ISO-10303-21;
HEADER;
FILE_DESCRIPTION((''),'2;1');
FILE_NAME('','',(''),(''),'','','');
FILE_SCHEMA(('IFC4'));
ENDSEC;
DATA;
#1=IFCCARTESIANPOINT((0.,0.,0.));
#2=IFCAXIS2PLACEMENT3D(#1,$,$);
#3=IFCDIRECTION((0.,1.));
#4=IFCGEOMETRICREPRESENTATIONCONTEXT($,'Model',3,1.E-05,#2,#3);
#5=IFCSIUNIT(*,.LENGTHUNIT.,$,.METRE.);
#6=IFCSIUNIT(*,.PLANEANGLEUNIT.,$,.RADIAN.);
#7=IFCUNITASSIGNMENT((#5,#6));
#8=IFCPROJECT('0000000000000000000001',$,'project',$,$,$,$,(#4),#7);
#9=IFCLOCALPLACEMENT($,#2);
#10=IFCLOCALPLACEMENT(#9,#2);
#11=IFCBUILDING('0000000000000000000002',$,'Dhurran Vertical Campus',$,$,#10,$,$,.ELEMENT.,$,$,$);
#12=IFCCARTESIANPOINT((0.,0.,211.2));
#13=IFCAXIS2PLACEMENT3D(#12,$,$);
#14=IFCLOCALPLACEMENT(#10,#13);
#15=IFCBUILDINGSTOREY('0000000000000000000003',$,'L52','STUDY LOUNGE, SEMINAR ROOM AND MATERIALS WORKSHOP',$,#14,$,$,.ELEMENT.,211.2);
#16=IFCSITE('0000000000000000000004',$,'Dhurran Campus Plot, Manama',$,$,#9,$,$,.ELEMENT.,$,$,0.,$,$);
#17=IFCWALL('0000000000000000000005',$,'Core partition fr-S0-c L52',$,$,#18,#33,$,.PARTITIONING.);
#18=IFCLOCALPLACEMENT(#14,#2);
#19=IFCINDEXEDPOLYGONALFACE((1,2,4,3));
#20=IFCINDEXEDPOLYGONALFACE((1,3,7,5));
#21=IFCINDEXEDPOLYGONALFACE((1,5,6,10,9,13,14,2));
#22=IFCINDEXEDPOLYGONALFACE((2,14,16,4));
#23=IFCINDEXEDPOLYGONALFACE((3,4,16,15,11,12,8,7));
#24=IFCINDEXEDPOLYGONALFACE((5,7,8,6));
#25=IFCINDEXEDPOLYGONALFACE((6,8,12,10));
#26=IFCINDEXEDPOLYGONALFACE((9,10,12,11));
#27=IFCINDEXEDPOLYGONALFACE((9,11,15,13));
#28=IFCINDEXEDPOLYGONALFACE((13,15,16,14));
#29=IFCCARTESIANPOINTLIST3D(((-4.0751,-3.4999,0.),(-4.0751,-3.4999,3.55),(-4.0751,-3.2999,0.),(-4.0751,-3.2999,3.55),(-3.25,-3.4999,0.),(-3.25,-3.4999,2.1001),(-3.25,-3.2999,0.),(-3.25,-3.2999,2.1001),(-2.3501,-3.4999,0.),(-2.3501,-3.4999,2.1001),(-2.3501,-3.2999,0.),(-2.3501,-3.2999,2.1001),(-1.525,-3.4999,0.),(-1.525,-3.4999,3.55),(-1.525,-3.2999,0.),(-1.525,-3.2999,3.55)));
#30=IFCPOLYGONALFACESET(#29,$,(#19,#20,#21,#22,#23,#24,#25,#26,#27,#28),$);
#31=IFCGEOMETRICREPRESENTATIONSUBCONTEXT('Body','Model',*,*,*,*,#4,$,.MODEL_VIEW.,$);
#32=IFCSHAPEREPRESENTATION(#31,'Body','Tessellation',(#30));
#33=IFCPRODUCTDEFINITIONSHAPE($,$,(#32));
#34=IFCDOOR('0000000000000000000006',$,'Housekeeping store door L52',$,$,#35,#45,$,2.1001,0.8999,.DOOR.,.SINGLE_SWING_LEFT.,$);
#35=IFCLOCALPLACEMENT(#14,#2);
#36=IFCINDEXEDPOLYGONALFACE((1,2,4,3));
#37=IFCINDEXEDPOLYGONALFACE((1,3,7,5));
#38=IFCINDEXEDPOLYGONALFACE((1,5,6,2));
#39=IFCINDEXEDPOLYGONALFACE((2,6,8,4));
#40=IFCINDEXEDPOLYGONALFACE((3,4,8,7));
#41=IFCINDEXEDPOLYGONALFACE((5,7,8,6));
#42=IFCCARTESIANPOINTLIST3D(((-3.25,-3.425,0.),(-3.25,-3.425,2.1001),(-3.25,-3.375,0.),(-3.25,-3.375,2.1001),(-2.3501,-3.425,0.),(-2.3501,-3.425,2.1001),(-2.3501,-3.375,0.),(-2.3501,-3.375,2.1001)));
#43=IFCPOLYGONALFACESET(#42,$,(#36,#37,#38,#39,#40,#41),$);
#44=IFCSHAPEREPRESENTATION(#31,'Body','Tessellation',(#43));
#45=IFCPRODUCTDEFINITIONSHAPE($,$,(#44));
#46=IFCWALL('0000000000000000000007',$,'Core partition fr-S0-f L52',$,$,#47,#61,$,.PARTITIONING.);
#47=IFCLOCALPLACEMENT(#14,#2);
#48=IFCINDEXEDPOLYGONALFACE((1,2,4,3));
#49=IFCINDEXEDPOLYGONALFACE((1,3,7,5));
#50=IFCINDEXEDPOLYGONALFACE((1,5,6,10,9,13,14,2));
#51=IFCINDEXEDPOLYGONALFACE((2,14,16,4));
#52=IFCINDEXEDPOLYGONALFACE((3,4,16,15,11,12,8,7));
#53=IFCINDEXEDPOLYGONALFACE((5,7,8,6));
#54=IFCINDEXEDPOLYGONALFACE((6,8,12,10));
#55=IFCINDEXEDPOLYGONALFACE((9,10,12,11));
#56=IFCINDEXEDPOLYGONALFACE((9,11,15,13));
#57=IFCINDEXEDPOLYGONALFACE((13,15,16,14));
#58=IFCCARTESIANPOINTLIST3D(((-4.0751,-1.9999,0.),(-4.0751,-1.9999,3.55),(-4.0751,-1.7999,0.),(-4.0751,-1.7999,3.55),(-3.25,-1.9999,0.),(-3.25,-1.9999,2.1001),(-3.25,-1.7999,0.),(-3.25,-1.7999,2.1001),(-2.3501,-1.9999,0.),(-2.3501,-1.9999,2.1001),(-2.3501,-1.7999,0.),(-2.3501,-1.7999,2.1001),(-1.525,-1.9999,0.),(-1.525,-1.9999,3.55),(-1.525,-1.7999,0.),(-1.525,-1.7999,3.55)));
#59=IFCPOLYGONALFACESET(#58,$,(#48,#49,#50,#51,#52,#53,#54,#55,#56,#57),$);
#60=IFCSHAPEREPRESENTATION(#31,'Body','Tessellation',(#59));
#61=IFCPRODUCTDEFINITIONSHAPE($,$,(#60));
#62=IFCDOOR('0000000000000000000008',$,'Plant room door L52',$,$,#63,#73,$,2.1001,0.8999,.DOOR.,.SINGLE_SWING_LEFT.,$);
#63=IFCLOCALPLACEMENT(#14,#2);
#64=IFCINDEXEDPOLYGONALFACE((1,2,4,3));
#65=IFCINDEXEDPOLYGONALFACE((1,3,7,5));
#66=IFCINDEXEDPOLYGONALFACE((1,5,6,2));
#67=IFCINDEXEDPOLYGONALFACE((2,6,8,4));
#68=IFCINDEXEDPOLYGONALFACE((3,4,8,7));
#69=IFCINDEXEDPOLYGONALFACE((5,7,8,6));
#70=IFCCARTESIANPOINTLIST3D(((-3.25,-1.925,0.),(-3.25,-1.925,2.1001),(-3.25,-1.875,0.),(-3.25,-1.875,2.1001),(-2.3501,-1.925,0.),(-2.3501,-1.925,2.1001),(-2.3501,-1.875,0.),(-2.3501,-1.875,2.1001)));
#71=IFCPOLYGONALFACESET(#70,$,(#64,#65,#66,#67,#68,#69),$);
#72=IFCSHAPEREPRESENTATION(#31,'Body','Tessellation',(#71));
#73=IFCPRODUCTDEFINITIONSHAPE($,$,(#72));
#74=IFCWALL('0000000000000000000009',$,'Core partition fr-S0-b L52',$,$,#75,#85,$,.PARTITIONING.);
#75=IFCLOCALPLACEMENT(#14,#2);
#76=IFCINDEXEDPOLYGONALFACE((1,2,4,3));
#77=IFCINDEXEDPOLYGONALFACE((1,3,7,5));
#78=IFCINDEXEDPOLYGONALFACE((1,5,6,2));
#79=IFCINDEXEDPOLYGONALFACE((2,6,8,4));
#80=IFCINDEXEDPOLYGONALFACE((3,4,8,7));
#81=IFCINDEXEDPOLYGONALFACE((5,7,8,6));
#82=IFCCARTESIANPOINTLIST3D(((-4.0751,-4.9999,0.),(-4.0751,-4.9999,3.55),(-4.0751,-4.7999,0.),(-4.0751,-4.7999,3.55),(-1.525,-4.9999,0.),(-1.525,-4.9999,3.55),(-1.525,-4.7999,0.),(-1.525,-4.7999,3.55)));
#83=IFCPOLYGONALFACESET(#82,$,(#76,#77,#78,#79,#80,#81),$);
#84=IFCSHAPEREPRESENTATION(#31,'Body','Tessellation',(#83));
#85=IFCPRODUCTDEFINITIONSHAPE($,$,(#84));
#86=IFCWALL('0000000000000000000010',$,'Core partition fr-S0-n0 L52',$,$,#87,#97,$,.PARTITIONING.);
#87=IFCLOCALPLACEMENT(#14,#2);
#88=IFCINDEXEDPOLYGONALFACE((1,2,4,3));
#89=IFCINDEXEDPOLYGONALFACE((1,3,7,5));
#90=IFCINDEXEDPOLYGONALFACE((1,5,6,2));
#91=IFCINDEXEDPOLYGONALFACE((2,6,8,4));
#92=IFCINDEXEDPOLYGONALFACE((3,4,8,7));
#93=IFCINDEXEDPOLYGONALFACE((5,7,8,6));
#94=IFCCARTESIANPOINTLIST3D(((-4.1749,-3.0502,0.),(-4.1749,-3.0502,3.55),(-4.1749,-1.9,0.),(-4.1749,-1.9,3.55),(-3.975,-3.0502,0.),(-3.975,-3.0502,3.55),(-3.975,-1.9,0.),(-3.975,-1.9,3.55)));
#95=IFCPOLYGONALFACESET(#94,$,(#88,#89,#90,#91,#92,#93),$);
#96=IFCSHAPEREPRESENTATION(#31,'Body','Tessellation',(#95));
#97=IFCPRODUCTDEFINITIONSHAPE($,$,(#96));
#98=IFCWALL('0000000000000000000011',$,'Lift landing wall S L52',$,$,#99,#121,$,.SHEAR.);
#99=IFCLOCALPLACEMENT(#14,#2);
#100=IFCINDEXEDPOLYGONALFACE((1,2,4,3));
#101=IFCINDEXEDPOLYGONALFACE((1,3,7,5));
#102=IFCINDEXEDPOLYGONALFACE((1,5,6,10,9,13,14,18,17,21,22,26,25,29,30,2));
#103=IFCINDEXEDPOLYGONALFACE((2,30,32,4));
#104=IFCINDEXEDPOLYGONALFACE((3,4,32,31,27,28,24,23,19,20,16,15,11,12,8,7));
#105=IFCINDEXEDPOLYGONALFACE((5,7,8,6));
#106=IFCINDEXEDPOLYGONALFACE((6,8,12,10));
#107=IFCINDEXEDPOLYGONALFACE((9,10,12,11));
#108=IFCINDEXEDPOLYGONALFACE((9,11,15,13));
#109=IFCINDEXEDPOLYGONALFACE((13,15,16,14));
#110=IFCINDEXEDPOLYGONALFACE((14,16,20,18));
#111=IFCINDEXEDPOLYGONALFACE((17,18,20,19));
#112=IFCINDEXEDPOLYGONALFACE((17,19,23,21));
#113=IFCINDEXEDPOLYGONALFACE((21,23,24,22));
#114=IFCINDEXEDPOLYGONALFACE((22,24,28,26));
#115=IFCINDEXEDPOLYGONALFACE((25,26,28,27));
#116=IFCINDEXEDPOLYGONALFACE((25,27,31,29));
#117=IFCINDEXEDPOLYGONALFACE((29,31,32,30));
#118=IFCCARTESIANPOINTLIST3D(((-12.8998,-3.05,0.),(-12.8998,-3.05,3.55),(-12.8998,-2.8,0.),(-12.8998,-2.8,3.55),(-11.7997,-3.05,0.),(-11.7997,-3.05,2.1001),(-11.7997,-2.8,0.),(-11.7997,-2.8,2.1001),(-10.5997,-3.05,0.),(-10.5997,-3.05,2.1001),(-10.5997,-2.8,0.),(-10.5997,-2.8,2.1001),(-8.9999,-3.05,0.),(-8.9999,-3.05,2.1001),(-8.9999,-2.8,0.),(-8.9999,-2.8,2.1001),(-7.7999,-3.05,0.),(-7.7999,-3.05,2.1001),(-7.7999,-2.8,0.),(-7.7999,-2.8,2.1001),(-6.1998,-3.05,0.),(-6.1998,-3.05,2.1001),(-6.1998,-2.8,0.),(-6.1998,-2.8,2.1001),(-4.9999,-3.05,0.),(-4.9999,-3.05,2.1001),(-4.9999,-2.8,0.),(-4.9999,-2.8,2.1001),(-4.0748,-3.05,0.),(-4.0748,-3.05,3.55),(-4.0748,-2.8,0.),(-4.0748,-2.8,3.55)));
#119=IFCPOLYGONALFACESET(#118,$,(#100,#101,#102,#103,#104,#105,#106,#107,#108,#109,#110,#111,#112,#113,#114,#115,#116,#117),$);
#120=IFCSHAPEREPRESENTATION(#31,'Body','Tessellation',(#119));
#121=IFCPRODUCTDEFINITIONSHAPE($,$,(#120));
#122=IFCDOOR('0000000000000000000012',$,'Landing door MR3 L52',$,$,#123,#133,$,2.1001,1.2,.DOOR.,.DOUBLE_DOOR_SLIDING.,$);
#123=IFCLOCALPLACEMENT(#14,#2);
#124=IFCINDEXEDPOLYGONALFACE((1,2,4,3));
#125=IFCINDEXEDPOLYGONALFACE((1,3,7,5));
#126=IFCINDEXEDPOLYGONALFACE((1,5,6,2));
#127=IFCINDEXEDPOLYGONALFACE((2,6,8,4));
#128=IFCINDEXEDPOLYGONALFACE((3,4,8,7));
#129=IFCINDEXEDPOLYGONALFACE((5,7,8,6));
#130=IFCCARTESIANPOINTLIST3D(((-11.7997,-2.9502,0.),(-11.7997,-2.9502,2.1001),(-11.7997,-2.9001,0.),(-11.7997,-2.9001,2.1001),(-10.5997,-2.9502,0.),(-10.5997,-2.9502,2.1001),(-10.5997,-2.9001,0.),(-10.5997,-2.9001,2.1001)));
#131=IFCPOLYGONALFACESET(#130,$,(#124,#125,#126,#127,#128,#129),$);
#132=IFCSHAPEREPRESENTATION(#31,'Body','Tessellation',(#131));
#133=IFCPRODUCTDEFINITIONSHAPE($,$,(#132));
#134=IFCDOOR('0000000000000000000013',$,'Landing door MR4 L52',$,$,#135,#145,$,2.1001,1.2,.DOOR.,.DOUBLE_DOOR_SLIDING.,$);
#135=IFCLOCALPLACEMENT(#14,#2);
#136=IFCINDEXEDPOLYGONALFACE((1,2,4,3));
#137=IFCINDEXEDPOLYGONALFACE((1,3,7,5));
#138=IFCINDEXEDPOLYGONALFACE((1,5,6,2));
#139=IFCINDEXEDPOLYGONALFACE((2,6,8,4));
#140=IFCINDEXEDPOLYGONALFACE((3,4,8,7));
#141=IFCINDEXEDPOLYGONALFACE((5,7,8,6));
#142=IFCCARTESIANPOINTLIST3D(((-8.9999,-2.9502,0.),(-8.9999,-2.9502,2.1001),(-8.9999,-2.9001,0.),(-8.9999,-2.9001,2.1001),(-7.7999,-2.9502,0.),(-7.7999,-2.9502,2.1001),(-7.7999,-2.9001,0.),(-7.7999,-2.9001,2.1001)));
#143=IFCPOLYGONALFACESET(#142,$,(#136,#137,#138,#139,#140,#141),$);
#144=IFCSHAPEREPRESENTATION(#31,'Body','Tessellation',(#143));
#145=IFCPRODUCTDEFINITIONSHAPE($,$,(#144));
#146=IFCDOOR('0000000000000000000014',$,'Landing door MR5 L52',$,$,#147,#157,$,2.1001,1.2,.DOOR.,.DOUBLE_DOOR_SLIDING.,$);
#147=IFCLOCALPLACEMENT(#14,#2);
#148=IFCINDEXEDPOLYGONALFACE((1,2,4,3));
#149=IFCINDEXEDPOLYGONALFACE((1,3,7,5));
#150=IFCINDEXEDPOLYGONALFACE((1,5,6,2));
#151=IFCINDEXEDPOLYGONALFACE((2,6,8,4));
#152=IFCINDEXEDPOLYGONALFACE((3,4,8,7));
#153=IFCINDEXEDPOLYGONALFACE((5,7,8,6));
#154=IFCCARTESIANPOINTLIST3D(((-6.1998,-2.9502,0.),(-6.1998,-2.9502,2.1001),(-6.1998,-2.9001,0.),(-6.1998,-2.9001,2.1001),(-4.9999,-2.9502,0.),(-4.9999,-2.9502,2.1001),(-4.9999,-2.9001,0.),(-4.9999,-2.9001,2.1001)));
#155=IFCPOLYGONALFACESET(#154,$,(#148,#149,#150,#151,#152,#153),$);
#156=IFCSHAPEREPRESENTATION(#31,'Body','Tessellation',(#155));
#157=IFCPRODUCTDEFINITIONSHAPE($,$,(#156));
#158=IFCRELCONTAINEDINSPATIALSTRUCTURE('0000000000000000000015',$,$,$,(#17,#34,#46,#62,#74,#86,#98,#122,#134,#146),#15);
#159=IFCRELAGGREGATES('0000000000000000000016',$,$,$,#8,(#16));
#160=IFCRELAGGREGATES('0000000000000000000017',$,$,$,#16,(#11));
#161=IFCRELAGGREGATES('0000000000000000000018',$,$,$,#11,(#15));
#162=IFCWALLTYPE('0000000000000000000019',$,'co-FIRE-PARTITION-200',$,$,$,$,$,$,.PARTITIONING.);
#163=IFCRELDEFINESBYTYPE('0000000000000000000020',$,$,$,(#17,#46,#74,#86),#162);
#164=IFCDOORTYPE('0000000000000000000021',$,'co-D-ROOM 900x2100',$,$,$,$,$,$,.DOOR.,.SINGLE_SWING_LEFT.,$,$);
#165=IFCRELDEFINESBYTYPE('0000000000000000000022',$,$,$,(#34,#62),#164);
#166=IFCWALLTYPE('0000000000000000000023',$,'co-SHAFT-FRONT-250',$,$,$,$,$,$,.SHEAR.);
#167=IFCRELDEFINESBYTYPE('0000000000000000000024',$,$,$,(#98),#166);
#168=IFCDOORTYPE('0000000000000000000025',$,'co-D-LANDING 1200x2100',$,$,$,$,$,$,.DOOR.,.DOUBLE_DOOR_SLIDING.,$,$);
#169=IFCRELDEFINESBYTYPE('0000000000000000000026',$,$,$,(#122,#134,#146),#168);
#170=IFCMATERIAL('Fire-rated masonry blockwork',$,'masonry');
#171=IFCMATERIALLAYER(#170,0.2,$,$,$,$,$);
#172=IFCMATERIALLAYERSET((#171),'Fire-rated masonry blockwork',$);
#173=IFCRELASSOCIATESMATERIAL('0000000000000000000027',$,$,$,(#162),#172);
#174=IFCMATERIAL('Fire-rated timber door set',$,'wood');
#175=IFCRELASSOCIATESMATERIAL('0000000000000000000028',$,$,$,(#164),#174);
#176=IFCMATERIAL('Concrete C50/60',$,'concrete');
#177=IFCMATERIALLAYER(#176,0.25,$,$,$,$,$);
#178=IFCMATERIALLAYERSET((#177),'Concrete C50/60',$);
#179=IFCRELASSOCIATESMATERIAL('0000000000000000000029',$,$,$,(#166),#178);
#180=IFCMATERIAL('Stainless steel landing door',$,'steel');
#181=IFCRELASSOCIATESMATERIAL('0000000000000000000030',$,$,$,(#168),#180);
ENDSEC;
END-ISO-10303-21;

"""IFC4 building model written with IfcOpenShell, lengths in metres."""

from ifc_helpers import new_model, si_unit, direction, frame, frame_2d, origin, place, context, subcontext, project, spatial, rectangle, extrude, material, layer, layer_set, type_object, element, fill, save


model = new_model("IFC4")

# Units and contexts
model_context = context("Model", 3, precision=1e-05, world=origin(), true_north=direction((0.0, 1.0)))
body_context = subcontext(model_context, "Body", "Model", "MODEL_VIEW")
ifc_project = project(units=[si_unit("LENGTHUNIT", "METRE"), si_unit("PLANEANGLEUNIT", "RADIAN")], contexts=[model_context])

# Site, building, storey
site_placement = place(None, origin())
site = spatial("IfcSite", under=ifc_project, at=site_placement, Name="Dhurran Campus Plot, Manama", CompositionType="ELEMENT", RefElevation=0.0)
building_placement = place(site_placement, origin())
building = spatial("IfcBuilding", under=site, at=building_placement, Name="Dhurran Vertical Campus", CompositionType="ELEMENT")
storey_placement = place(building_placement, frame((0.0, 0.0, 211.2)))
storey = spatial("IfcBuildingStorey", under=building, at=storey_placement, Name="L52", Description="STUDY LOUNGE, SEMINAR ROOM AND MATERIALS WORKSHOP", CompositionType="ELEMENT", Elevation=211.2)

# Shared definitions
ifc_material_1 = material(Name="Fire-rated masonry blockwork", Category="masonry")
ifc_layer_1 = layer(ifc_material_1, 0.2)
ifc_layer_set_1 = layer_set([ifc_layer_1], Name="Fire-rated masonry blockwork")
wall_type_1 = type_object("IfcWallType", Name="co-FIRE-PARTITION-200", PredefinedType="PARTITIONING", material=ifc_layer_set_1)

# Walls, openings, doors
wall_1_placement = place(storey_placement, frame((-4.075, -3.3999, 0.0), z_axis=(0.0, 0.0, 1.0), x_axis=(1.0, 0.0, 0.0)))
wall_1 = element("IfcWall", 1, at=wall_1_placement, inside=storey, type_object=wall_type_1, Name="Core partition fr-S0-c L52", PredefinedType="PARTITIONING", context=body_context, shape_type="SweptSolid", body=[
    extrude(rectangle(XDim=2.55, YDim=0.2, at=frame_2d((1.2749, 0.0))), origin(), (0.0, 0.0, 1.0), 3.55),
])
opening_1_placement = place(wall_1_placement, frame((0.825, 0.0, 0.0)))
opening_1 = element("IfcOpeningElement", 2, at=opening_1_placement, cuts=wall_1, PredefinedType="OPENING", context=body_context, shape_type="SweptSolid", body=[
    extrude(rectangle(XDim=0.8999, YDim=2.1001, at=frame_2d((0.45, 1.05))), frame((0.0, 0.1099, 0.0), z_axis=(0.0, -1.0, 0.0), x_axis=(1.0, 0.0, 0.0)), (0.0, 0.0, 1.0), 0.22),
])
ifc_material_2 = material(Name="Fire-rated timber door set", Category="wood")
door_type_1 = type_object("IfcDoorType", Name="co-D-ROOM 900x2100", OperationType="SINGLE_SWING_LEFT", PredefinedType="DOOR", material=ifc_material_2)
door_1_placement = place(opening_1_placement, origin())
door_1 = element("IfcDoor", 3, at=door_1_placement, inside=storey, type_object=door_type_1, Name="Housekeeping store door L52", OperationType="SINGLE_SWING_LEFT", OverallHeight=2.1001, OverallWidth=0.8999, PredefinedType="DOOR", context=body_context, shape_type="SweptSolid", body=[
    extrude(rectangle(XDim=0.8999, YDim=2.1001, at=frame_2d((0.45, 1.05))), frame((0.0, 0.0249, 0.0), z_axis=(0.0, -1.0, 0.0), x_axis=(1.0, 0.0, 0.0)), (0.0, 0.0, 1.0), 0.05),
])
fill(opening_1, door_1)
wall_2_placement = place(storey_placement, frame((-4.075, -1.8999, 0.0), z_axis=(0.0, 0.0, 1.0), x_axis=(1.0, 0.0, 0.0)))
wall_2 = element("IfcWall", 4, at=wall_2_placement, inside=storey, type_object=wall_type_1, Name="Core partition fr-S0-f L52", PredefinedType="PARTITIONING", context=body_context, shape_type="SweptSolid", body=[
    extrude(rectangle(XDim=2.55, YDim=0.2, at=frame_2d((1.2749, 0.0))), origin(), (0.0, 0.0, 1.0), 3.55),
])
opening_2_placement = place(wall_2_placement, frame((0.825, 0.0, 0.0)))
opening_2 = element("IfcOpeningElement", 5, at=opening_2_placement, cuts=wall_2, PredefinedType="OPENING", context=body_context, shape_type="SweptSolid", body=[
    extrude(rectangle(XDim=0.8999, YDim=2.1001, at=frame_2d((0.45, 1.05))), frame((0.0, 0.1099, 0.0), z_axis=(0.0, -1.0, 0.0), x_axis=(1.0, 0.0, 0.0)), (0.0, 0.0, 1.0), 0.22),
])
door_2_placement = place(opening_2_placement, origin())
door_2 = element("IfcDoor", 6, at=door_2_placement, inside=storey, type_object=door_type_1, Name="Plant room door L52", OperationType="SINGLE_SWING_LEFT", OverallHeight=2.1001, OverallWidth=0.8999, PredefinedType="DOOR", context=body_context, shape_type="SweptSolid", body=[
    extrude(rectangle(XDim=0.8999, YDim=2.1001, at=frame_2d((0.45, 1.05))), frame((0.0, 0.0249, 0.0), z_axis=(0.0, -1.0, 0.0), x_axis=(1.0, 0.0, 0.0)), (0.0, 0.0, 1.0), 0.05),
])
fill(opening_2, door_2)

# Walls
wall_3_placement = place(storey_placement, frame((-4.075, -4.8999, 0.0), z_axis=(0.0, 0.0, 1.0), x_axis=(1.0, 0.0, 0.0)))
element("IfcWall", 7, at=wall_3_placement, inside=storey, type_object=wall_type_1, Name="Core partition fr-S0-b L52", PredefinedType="PARTITIONING", context=body_context, shape_type="SweptSolid", body=[
    extrude(rectangle(XDim=2.55, YDim=0.2, at=frame_2d((1.2749, 0.0))), origin(), (0.0, 0.0, 1.0), 3.55),
])
wall_4_placement = place(storey_placement, frame((-4.075, -1.8999, 0.0), z_axis=(0.0, 0.0, 1.0), x_axis=(0.0, -1.0, 0.0)))
element("IfcWall", 8, at=wall_4_placement, inside=storey, type_object=wall_type_1, Name="Core partition fr-S0-n0 L52", PredefinedType="PARTITIONING", context=body_context, shape_type="SweptSolid", body=[
    extrude(rectangle(XDim=1.1501, YDim=0.2, at=frame_2d((0.5752, 0.0))), origin(), (0.0, 0.0, 1.0), 3.55),
])

# Wall, openings, doors
ifc_material_3 = material(Name="Concrete C50/60", Category="concrete")
ifc_layer_2 = layer(ifc_material_3, 0.25)
ifc_layer_set_2 = layer_set([ifc_layer_2], Name="Concrete C50/60")
wall_type_2 = type_object("IfcWallType", Name="co-SHAFT-FRONT-250", PredefinedType="SHEAR", material=ifc_layer_set_2)
wall_5_placement = place(storey_placement, frame((-12.8999, -2.925, 0.0), z_axis=(0.0, 0.0, 1.0), x_axis=(1.0, 0.0, 0.0)))
wall_5 = element("IfcWall", 9, at=wall_5_placement, inside=storey, type_object=wall_type_2, Name="Lift landing wall S L52", PredefinedType="SHEAR", context=body_context, shape_type="SweptSolid", body=[
    extrude(rectangle(XDim=8.825, YDim=0.25, at=frame_2d((4.4126, 0.0))), origin(), (0.0, 0.0, 1.0), 3.55),
])
opening_3_placement = place(wall_5_placement, frame((1.1001, 0.0, 0.0)))
opening_3 = element("IfcOpeningElement", 10, at=opening_3_placement, cuts=wall_5, PredefinedType="OPENING", context=body_context, shape_type="SweptSolid", body=[
    extrude(rectangle(XDim=1.2, YDim=2.1001, at=frame_2d((0.6001, 1.05))), frame((0.0, 0.135, 0.0), z_axis=(0.0, -1.0, 0.0), x_axis=(1.0, 0.0, 0.0)), (0.0, 0.0, 1.0), 0.27),
])
opening_4_placement = place(wall_5_placement, frame((3.8999, 0.0, 0.0)))
opening_4 = element("IfcOpeningElement", 11, at=opening_4_placement, cuts=wall_5, PredefinedType="OPENING", context=body_context, shape_type="SweptSolid", body=[
    extrude(rectangle(XDim=1.2, YDim=2.1001, at=frame_2d((0.6001, 1.05))), frame((0.0, 0.135, 0.0), z_axis=(0.0, -1.0, 0.0), x_axis=(1.0, 0.0, 0.0)), (0.0, 0.0, 1.0), 0.27),
])
opening_5_placement = place(wall_5_placement, frame((6.7, 0.0, 0.0)))
opening_5 = element("IfcOpeningElement", 12, at=opening_5_placement, cuts=wall_5, PredefinedType="OPENING", context=body_context, shape_type="SweptSolid", body=[
    extrude(rectangle(XDim=1.2, YDim=2.1001, at=frame_2d((0.6001, 1.05))), frame((0.0, 0.135, 0.0), z_axis=(0.0, -1.0, 0.0), x_axis=(1.0, 0.0, 0.0)), (0.0, 0.0, 1.0), 0.27),
])
ifc_material_4 = material(Name="Stainless steel landing door", Category="steel")
door_type_2 = type_object("IfcDoorType", Name="co-D-LANDING 1200x2100", OperationType="DOUBLE_DOOR_SLIDING", PredefinedType="DOOR", material=ifc_material_4)
door_3_placement = place(opening_3_placement, origin())
door_3 = element("IfcDoor", 13, at=door_3_placement, inside=storey, type_object=door_type_2, Name="Landing door MR3 L52", OperationType="DOUBLE_DOOR_SLIDING", OverallHeight=2.1001, OverallWidth=1.2, PredefinedType="DOOR", context=body_context, shape_type="SweptSolid", body=[
    extrude(rectangle(XDim=1.2, YDim=2.1001, at=frame_2d((0.6001, 1.05))), frame((0.0, 0.0249, 0.0), z_axis=(0.0, -1.0, 0.0), x_axis=(1.0, 0.0, 0.0)), (0.0, 0.0, 1.0), 0.05),
])
fill(opening_3, door_3)
door_4_placement = place(opening_4_placement, origin())
door_4 = element("IfcDoor", 14, at=door_4_placement, inside=storey, type_object=door_type_2, Name="Landing door MR4 L52", OperationType="DOUBLE_DOOR_SLIDING", OverallHeight=2.1001, OverallWidth=1.2, PredefinedType="DOOR", context=body_context, shape_type="SweptSolid", body=[
    extrude(rectangle(XDim=1.2, YDim=2.1001, at=frame_2d((0.6001, 1.05))), frame((0.0, 0.0249, 0.0), z_axis=(0.0, -1.0, 0.0), x_axis=(1.0, 0.0, 0.0)), (0.0, 0.0, 1.0), 0.05),
])
fill(opening_4, door_4)
door_5_placement = place(opening_5_placement, origin())
door_5 = element("IfcDoor", 15, at=door_5_placement, inside=storey, type_object=door_type_2, Name="Landing door MR5 L52", OperationType="DOUBLE_DOOR_SLIDING", OverallHeight=2.1001, OverallWidth=1.2, PredefinedType="DOOR", context=body_context, shape_type="SweptSolid", body=[
    extrude(rectangle(XDim=1.2, YDim=2.1001, at=frame_2d((0.6001, 1.05))), frame((0.0, 0.0249, 0.0), z_axis=(0.0, -1.0, 0.0), x_axis=(1.0, 0.0, 0.0)), (0.0, 0.0, 1.0), 0.05),
])
fill(opening_5, door_5)

save(model, "model.ifc")
